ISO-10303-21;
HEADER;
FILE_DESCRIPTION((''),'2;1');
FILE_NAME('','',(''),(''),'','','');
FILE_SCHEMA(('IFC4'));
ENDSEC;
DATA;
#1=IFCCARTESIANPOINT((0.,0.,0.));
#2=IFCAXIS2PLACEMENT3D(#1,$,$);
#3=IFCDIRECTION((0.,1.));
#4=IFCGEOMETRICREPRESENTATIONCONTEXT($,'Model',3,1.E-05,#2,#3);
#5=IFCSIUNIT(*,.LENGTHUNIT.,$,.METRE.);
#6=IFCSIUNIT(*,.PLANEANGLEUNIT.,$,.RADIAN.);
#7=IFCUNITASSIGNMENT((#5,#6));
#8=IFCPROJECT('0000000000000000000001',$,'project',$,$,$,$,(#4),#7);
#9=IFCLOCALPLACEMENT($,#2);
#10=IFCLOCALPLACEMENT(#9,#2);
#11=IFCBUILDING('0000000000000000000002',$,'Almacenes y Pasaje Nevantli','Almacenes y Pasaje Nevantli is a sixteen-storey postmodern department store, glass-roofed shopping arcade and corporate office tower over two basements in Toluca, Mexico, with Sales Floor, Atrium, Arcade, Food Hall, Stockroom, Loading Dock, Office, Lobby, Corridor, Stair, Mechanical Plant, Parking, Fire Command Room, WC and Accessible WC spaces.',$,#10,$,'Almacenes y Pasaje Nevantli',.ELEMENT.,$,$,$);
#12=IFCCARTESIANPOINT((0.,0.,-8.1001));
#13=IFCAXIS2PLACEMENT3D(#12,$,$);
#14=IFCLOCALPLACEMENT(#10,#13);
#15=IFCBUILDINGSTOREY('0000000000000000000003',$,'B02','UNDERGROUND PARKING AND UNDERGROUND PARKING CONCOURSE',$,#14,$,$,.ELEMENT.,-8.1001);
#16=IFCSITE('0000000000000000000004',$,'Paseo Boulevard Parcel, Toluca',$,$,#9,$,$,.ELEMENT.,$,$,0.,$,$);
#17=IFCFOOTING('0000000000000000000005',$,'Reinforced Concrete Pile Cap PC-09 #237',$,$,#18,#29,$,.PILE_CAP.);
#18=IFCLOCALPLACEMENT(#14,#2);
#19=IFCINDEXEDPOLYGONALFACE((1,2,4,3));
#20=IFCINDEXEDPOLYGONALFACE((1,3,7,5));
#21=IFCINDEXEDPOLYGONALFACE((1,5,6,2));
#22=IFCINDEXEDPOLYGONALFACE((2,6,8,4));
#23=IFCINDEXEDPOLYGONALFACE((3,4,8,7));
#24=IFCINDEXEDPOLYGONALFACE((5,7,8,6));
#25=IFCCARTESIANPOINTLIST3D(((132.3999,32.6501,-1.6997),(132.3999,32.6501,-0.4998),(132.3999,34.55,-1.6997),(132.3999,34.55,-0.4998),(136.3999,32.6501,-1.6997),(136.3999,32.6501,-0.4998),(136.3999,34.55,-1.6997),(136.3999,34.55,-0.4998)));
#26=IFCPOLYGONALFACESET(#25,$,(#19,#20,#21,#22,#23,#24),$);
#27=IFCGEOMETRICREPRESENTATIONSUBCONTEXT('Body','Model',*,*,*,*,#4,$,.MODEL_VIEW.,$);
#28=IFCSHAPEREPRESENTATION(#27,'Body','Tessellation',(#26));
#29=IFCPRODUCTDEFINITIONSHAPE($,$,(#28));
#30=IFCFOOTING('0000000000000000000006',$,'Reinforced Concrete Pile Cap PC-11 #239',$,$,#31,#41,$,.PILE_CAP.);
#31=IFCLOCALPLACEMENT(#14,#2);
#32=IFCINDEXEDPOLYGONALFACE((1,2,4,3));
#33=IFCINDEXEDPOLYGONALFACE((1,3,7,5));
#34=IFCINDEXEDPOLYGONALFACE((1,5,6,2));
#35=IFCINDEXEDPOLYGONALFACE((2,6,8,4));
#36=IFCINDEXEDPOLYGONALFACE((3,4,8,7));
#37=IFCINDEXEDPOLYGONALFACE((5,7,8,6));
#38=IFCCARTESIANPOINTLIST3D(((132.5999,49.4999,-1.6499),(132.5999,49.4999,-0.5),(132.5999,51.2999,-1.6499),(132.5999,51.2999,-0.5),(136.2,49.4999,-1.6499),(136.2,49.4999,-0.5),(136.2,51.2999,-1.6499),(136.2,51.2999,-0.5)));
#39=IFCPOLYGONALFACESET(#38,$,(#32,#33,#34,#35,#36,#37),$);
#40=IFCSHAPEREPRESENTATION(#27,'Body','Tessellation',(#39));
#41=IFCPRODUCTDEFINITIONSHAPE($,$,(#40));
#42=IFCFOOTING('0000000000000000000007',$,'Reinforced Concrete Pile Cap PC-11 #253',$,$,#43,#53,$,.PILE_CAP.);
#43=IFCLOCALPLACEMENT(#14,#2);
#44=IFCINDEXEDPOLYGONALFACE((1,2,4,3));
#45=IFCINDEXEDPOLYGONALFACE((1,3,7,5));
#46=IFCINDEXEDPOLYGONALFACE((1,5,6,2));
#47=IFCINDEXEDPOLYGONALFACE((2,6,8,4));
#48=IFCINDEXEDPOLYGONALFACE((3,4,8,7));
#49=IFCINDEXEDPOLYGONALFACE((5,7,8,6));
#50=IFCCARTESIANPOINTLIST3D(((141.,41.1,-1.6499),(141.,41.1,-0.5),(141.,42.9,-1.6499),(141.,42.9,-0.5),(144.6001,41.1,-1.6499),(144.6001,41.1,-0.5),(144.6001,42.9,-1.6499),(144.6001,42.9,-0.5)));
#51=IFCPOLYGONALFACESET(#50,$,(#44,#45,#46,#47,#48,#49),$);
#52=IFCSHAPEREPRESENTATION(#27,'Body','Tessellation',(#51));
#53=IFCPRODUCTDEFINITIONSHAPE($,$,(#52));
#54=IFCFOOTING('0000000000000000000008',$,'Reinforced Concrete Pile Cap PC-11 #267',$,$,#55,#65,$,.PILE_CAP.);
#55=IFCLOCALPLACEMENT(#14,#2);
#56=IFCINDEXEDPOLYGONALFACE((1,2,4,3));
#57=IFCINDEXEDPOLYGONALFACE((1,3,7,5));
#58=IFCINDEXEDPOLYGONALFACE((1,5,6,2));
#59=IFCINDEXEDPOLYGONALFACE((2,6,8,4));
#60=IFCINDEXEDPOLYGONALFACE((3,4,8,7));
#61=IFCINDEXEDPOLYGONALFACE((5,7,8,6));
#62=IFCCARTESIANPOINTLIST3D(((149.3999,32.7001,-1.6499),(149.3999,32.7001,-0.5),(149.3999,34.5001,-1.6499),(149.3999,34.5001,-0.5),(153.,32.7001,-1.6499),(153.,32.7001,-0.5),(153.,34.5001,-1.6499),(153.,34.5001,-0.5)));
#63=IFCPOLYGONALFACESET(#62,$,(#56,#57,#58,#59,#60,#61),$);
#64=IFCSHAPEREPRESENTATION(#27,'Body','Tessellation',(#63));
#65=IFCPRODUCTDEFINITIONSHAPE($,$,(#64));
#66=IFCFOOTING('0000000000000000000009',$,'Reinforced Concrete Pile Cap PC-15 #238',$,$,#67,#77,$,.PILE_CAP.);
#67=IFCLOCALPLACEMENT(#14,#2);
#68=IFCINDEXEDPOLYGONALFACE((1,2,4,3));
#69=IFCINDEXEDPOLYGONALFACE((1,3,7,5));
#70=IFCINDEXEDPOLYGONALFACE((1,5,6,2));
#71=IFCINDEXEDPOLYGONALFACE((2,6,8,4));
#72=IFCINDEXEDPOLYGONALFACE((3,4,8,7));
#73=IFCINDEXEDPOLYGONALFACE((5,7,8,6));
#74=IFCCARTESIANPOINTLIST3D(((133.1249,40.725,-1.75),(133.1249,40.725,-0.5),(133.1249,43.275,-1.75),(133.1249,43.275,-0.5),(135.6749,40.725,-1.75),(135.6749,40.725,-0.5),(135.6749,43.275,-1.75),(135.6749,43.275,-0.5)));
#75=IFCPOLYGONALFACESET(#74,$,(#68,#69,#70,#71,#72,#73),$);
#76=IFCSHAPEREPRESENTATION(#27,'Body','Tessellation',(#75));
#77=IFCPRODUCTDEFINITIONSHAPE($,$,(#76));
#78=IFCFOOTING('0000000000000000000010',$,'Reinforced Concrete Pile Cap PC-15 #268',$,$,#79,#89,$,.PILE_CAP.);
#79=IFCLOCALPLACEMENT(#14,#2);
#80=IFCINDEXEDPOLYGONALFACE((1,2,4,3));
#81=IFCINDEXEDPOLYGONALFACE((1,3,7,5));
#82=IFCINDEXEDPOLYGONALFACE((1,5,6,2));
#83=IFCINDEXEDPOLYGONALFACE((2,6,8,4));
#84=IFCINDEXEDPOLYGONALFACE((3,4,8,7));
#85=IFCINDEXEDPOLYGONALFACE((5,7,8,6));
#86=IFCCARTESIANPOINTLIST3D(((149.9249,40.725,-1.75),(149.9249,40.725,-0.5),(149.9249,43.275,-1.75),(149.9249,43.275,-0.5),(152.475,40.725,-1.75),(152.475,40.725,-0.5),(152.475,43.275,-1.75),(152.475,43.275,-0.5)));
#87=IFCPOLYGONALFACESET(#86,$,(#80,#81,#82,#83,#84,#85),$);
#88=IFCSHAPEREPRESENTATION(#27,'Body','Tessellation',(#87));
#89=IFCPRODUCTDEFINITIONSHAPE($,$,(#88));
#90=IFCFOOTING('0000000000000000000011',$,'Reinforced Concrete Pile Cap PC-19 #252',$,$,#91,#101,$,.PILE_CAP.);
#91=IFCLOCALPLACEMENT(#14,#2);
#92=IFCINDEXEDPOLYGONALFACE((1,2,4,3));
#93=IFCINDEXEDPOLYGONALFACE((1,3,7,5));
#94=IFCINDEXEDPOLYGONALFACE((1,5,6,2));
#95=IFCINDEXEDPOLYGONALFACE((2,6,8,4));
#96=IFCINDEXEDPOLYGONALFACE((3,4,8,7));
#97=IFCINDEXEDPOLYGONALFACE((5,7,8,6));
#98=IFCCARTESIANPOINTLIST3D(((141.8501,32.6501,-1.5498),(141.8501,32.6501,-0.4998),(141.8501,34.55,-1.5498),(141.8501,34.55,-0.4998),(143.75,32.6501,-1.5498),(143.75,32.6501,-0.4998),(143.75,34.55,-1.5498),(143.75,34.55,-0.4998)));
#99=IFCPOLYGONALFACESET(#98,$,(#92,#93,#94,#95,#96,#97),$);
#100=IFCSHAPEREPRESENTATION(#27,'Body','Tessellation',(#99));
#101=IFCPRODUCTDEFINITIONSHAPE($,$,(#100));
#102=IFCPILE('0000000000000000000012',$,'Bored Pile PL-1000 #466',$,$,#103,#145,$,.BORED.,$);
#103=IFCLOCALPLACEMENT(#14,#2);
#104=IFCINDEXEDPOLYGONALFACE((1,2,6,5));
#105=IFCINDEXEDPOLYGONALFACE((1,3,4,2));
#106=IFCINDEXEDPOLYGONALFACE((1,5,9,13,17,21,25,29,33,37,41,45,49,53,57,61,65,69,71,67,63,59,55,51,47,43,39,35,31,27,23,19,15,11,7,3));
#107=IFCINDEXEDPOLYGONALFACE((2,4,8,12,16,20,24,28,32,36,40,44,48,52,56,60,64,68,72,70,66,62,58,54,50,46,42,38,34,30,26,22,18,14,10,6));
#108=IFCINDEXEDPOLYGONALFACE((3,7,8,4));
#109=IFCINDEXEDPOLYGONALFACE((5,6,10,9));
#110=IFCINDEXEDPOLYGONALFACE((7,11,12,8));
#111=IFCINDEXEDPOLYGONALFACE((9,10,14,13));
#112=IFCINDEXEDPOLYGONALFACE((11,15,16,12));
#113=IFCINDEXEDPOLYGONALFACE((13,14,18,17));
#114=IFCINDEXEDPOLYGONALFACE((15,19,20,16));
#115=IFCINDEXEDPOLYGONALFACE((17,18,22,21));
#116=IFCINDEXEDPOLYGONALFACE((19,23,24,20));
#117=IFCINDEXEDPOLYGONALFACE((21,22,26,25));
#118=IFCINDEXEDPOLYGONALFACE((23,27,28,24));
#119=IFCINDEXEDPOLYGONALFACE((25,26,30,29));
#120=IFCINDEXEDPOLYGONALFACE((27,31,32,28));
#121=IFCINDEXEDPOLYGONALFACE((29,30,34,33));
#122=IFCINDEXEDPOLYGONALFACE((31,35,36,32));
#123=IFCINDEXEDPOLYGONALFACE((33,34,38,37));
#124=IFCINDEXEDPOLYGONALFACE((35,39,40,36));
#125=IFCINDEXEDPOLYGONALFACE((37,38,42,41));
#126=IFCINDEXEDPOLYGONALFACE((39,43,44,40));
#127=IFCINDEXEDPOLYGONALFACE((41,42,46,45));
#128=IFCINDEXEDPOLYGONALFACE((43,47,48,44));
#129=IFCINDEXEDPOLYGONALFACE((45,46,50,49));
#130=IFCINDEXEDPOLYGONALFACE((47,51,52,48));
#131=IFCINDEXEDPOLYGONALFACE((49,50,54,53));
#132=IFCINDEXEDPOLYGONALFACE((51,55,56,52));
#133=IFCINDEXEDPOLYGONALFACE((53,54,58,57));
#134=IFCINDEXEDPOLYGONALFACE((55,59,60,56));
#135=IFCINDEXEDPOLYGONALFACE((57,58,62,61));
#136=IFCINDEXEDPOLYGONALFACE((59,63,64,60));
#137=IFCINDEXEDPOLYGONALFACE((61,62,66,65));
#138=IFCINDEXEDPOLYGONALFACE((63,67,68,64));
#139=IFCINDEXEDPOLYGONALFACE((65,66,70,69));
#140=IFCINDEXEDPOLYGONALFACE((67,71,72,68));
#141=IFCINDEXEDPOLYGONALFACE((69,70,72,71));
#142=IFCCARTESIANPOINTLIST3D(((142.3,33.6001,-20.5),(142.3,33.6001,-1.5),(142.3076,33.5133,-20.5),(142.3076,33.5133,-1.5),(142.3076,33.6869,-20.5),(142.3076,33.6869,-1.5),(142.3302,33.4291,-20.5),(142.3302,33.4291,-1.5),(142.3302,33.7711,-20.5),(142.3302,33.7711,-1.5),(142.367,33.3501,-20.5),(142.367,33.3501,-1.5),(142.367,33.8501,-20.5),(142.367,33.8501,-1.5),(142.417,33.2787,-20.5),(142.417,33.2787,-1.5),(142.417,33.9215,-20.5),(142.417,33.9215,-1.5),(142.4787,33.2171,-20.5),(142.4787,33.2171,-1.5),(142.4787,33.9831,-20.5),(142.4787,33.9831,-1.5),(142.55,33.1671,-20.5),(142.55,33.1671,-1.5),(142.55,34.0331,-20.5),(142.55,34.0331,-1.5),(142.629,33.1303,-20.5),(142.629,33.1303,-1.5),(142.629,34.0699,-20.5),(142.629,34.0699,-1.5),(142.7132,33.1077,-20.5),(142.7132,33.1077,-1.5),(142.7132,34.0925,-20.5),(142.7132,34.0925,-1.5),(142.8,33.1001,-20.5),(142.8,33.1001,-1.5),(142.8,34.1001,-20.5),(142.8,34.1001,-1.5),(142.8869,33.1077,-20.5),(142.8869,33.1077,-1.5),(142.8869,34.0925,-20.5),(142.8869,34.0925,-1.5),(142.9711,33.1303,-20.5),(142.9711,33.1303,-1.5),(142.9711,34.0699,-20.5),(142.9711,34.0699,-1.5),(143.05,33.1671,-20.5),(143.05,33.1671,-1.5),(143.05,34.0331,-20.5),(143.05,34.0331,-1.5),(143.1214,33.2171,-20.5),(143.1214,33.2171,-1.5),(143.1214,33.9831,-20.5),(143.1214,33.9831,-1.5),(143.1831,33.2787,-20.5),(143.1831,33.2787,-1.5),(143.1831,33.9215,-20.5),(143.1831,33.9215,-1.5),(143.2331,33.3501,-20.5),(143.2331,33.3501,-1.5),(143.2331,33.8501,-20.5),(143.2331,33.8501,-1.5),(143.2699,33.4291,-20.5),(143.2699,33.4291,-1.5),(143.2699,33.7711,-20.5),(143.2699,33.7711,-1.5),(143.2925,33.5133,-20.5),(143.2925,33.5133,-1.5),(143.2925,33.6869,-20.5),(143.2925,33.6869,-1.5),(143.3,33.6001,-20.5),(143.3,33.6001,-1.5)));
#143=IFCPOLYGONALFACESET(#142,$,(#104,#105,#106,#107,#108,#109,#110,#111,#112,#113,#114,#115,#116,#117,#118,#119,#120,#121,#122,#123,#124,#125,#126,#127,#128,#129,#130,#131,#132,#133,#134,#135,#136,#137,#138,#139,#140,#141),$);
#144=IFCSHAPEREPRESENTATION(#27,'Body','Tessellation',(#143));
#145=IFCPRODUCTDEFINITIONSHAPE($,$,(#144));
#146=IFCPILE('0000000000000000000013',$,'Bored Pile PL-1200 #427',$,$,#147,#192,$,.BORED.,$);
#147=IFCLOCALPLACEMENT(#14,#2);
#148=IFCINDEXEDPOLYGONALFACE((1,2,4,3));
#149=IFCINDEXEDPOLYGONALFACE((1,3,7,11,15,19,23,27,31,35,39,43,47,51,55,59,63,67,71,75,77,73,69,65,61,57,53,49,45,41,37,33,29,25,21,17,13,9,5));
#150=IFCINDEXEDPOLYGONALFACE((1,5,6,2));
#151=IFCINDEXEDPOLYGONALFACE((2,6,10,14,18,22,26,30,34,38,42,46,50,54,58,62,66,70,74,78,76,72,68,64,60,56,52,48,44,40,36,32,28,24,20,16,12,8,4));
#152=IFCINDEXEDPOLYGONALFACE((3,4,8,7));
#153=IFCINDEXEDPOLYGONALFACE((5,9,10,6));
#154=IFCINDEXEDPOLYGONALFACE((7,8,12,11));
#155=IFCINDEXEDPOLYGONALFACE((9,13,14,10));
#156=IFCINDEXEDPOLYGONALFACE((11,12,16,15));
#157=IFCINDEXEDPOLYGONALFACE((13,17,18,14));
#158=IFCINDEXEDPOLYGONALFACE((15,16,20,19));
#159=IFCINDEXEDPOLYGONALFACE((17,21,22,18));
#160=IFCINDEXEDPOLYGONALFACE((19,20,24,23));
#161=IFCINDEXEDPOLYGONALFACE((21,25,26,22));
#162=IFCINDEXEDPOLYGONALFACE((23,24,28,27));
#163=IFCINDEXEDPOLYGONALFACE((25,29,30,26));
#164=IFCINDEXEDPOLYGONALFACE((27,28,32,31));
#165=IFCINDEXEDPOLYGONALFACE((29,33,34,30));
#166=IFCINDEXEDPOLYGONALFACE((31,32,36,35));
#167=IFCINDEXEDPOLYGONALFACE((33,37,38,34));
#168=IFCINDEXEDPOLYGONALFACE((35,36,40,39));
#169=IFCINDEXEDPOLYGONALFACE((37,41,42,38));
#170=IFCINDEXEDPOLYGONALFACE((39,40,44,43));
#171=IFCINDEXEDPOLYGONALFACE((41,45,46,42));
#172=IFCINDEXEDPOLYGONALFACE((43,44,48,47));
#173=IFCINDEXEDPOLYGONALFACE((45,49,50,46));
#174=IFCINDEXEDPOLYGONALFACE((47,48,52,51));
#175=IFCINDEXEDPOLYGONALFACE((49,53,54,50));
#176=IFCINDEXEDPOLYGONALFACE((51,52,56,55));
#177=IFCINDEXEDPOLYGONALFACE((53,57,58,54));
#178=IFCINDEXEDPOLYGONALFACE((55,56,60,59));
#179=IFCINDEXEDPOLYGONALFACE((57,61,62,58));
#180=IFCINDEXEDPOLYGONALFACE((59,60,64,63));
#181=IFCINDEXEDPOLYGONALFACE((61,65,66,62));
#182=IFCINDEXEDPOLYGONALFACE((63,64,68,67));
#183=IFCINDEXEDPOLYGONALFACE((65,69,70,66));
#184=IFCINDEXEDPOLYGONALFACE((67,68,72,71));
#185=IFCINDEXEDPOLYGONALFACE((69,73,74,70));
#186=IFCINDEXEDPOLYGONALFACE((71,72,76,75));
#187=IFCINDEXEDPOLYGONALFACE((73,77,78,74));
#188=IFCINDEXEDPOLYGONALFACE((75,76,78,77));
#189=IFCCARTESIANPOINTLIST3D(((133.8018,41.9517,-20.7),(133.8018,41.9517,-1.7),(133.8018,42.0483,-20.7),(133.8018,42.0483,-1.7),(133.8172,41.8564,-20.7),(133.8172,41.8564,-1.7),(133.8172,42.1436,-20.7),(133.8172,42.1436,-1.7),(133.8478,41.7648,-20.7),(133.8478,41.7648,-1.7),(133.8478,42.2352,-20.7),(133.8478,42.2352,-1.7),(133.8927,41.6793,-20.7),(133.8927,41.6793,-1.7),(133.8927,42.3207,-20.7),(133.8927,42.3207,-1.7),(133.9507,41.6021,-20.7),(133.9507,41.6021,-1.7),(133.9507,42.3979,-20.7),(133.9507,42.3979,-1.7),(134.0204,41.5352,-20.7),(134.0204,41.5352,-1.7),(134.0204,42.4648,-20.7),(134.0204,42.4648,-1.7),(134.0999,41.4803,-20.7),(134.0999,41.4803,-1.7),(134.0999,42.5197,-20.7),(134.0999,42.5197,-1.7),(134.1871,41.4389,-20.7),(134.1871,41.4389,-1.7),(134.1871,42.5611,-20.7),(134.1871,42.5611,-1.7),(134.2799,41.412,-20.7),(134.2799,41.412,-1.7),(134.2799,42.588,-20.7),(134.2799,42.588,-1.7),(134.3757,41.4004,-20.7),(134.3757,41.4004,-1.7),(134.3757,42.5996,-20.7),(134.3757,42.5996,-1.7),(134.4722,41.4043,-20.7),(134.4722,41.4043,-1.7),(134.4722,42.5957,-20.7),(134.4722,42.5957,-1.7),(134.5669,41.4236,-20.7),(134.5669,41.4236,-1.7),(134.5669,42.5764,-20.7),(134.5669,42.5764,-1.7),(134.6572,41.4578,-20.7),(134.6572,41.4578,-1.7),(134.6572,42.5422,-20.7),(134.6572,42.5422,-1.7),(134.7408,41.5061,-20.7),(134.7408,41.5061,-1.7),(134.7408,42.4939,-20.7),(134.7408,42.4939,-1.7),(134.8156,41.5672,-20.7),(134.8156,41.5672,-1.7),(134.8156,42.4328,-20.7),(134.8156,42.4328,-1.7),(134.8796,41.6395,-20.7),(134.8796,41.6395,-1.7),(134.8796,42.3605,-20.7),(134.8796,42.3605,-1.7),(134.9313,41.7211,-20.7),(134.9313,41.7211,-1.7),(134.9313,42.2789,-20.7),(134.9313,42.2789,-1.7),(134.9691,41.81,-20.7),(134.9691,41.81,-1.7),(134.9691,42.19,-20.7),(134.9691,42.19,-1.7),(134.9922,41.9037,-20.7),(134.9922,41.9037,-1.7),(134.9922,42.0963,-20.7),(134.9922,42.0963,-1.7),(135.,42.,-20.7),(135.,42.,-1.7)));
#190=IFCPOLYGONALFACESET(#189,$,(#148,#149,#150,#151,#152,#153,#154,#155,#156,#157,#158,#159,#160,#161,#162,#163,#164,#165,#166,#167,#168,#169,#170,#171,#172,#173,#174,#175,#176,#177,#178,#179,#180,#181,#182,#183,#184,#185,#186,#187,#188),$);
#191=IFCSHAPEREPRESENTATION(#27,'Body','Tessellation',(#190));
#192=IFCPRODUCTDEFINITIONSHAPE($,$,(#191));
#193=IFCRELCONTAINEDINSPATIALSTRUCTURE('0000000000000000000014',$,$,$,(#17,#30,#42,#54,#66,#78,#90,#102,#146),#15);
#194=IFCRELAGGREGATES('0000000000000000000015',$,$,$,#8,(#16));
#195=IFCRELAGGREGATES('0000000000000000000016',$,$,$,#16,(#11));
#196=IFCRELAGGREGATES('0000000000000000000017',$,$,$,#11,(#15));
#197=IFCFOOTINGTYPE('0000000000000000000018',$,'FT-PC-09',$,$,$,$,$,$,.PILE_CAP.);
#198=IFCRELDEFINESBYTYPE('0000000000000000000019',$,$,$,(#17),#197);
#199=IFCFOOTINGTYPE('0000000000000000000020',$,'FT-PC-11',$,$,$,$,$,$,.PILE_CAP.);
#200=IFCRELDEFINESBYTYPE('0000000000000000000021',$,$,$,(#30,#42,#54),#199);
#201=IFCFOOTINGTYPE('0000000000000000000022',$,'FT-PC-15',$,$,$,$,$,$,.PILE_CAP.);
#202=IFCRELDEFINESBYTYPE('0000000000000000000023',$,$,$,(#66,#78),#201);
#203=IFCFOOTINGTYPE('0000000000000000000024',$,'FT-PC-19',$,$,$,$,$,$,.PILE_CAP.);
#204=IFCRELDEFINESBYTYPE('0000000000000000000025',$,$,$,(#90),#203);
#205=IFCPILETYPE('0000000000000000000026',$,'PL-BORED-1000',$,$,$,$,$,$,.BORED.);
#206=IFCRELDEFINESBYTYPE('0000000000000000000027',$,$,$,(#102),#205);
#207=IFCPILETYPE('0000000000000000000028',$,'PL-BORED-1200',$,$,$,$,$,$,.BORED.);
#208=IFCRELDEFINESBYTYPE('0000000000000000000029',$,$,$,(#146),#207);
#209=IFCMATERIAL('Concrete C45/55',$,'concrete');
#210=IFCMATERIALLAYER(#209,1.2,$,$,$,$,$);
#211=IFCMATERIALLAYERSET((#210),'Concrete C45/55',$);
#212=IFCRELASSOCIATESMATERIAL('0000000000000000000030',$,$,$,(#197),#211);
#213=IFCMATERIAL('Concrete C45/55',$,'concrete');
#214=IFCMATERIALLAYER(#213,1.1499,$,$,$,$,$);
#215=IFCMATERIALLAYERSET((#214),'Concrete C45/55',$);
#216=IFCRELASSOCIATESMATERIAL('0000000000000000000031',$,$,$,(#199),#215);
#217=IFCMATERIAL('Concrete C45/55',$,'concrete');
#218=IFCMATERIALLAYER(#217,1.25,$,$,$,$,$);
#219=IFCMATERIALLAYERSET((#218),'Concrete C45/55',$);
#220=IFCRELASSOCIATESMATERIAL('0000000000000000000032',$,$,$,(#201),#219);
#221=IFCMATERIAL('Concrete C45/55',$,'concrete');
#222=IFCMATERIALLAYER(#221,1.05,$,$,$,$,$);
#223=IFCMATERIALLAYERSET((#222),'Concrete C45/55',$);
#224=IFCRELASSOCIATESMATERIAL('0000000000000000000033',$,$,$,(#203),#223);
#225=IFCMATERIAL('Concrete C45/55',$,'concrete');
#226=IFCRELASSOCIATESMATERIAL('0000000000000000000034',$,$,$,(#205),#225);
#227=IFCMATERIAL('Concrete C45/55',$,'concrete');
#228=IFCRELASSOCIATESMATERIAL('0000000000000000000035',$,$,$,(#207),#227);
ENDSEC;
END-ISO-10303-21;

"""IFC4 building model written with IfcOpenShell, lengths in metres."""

from ifc_helpers import new_model, si_unit, direction, frame, origin, origin_2d, place, context, subcontext, project, spatial, rectangle, circle, extrude, material, layer, layer_set, material_profile, profile_set, type_object, element, save


model = new_model("IFC4")

# Units and contexts
model_context = context("Model", 3, precision=1e-05, world=origin(), true_north=direction((0.0, 1.0)))
body_context = subcontext(model_context, "Body", "Model", "MODEL_VIEW")
ifc_project = project(units=[si_unit("LENGTHUNIT", "METRE"), si_unit("PLANEANGLEUNIT", "RADIAN")], contexts=[model_context])

# Site, building, storey
site_placement = place(None, origin())
site = spatial("IfcSite", under=ifc_project, at=site_placement, Name="Paseo Boulevard Parcel, Toluca", CompositionType="ELEMENT", RefElevation=0.0)
building_placement = place(site_placement, origin())
building = spatial("IfcBuilding", under=site, at=building_placement, Name="Almacenes y Pasaje Nevantli", Description="Almacenes y Pasaje Nevantli is a sixteen-storey postmodern department store, glass-roofed shopping arcade and corporate office tower over two basements in Toluca, Mexico, with Sales Floor, Atrium, Arcade, Food Hall, Stockroom, Loading Dock, Office, Lobby, Corridor, Stair, Mechanical Plant, Parking, Fire Command Room, WC and Accessible WC spaces.", LongName="Almacenes y Pasaje Nevantli", CompositionType="ELEMENT")
storey_placement = place(building_placement, frame((0.0, 0.0, -8.1001)))
storey = spatial("IfcBuildingStorey", under=building, at=storey_placement, Name="B02", Description="UNDERGROUND PARKING AND UNDERGROUND PARKING CONCOURSE", CompositionType="ELEMENT", Elevation=-8.1001)

# Footings
ifc_material_1 = material(Name="Concrete C45/55", Category="concrete")
ifc_layer_1 = layer(ifc_material_1, 1.2)
ifc_layer_set_1 = layer_set([ifc_layer_1], Name="Concrete C45/55")
footing_type_1 = type_object("IfcFootingType", Name="FT-PC-09", PredefinedType="PILE_CAP", material=ifc_layer_set_1)
footing_1_placement = place(storey_placement, frame((134.3999, 33.6001, -1.6997), z_axis=(0.0, 0.0, 1.0), x_axis=(1.0, 0.0, 0.0)))
element("IfcFooting", 1, at=footing_1_placement, inside=storey, type_object=footing_type_1, Name="Reinforced Concrete Pile Cap PC-09 #237", PredefinedType="PILE_CAP", context=body_context, shape_type="SweptSolid", body=[
    extrude(rectangle(XDim=4.0, YDim=1.8999, at=origin_2d()), origin(), (0.0, 0.0, 1.0), 1.2),
])
ifc_material_2 = material(Name="Concrete C45/55", Category="concrete")
ifc_layer_2 = layer(ifc_material_2, 1.1499)
ifc_layer_set_2 = layer_set([ifc_layer_2], Name="Concrete C45/55")
footing_type_2 = type_object("IfcFootingType", Name="FT-PC-11", PredefinedType="PILE_CAP", material=ifc_layer_set_2)
for number, where, z_axis, x_axis, name in (
    (2, (134.3999, 50.3999, -1.6499), (0.0, 0.0, 1.0), (1.0, 0.0, 0.0), "Reinforced Concrete Pile Cap PC-11 #239"),
    (3, (142.8, 42.0, -1.6499), (0.0, 0.0, 1.0), (1.0, 0.0, 0.0), "Reinforced Concrete Pile Cap PC-11 #253"),
    (4, (151.2, 33.6001, -1.6499), (0.0, 0.0, 1.0), (1.0, 0.0, 0.0), "Reinforced Concrete Pile Cap PC-11 #267"),
):
    element("IfcFooting", number, at=place(storey_placement, frame(where, z_axis=z_axis, x_axis=x_axis)), inside=storey, type_object=footing_type_2, Name=name, PredefinedType="PILE_CAP", context=body_context, shape_type="SweptSolid", body=[
        extrude(rectangle(XDim=3.6001, YDim=1.8, at=origin_2d()), origin(), (0.0, 0.0, 1.0), 1.1499),
    ])
ifc_material_3 = material(Name="Concrete C45/55", Category="concrete")
ifc_layer_3 = layer(ifc_material_3, 1.25)
ifc_layer_set_3 = layer_set([ifc_layer_3], Name="Concrete C45/55")
footing_type_3 = type_object("IfcFootingType", Name="FT-PC-15", PredefinedType="PILE_CAP", material=ifc_layer_set_3)
for number, where, z_axis, x_axis, name in (
    (5, (134.3999, 42.0, -1.75), (0.0, 0.0, 1.0), (1.0, 0.0, 0.0), "Reinforced Concrete Pile Cap PC-15 #238"),
    (6, (151.2, 42.0, -1.75), (0.0, 0.0, 1.0), (1.0, 0.0, 0.0), "Reinforced Concrete Pile Cap PC-15 #268"),
):
    element("IfcFooting", number, at=place(storey_placement, frame(where, z_axis=z_axis, x_axis=x_axis)), inside=storey, type_object=footing_type_3, Name=name, PredefinedType="PILE_CAP", context=body_context, shape_type="SweptSolid", body=[
        extrude(rectangle(XDim=2.55, YDim=2.55, at=origin_2d()), origin(), (0.0, 0.0, 1.0), 1.25),
    ])
ifc_material_4 = material(Name="Concrete C45/55", Category="concrete")
ifc_layer_4 = layer(ifc_material_4, 1.05)
ifc_layer_set_4 = layer_set([ifc_layer_4], Name="Concrete C45/55")
footing_type_4 = type_object("IfcFootingType", Name="FT-PC-19", PredefinedType="PILE_CAP", material=ifc_layer_set_4)
footing_2_placement = place(storey_placement, frame((142.8, 33.6001, -1.5498), z_axis=(0.0, 0.0, 1.0), x_axis=(1.0, 0.0, 0.0)))
element("IfcFooting", 7, at=footing_2_placement, inside=storey, type_object=footing_type_4, Name="Reinforced Concrete Pile Cap PC-19 #252", PredefinedType="PILE_CAP", context=body_context, shape_type="SweptSolid", body=[
    extrude(rectangle(XDim=1.8999, YDim=1.8999, at=origin_2d()), origin(), (0.0, 0.0, 1.0), 1.05),
])

# Piles
ifc_material_5 = material(Name="Concrete C45/55", Category="concrete")
ifc_material_profile_1 = material_profile(ifc_material_5, circle(Radius=0.5, at=origin_2d()), Name="RC-PILE-D1000")
ifc_profile_set_1 = profile_set([ifc_material_profile_1], Name="Concrete C45/55")
pile_type_1 = type_object("IfcPileType", Name="PL-BORED-1000", PredefinedType="BORED", material=ifc_profile_set_1)
pile_placement = place(storey_placement, frame((142.8, 33.6001, -1.5), z_axis=(0.0, 0.0, -1.0), x_axis=(1.0, 0.0, 0.0)))
element("IfcPile", 8, at=pile_placement, inside=storey, type_object=pile_type_1, Name="Bored Pile PL-1000 #466", PredefinedType="BORED", context=body_context, shape_type="SweptSolid", body=[
    extrude(circle(Radius=0.5, at=origin_2d()), origin(), (0.0, 0.0, 1.0), 19.0),
])
ifc_material_6 = material(Name="Concrete C45/55", Category="concrete")
ifc_material_profile_2 = material_profile(ifc_material_6, circle(Radius=0.6001, at=origin_2d()), Name="RC-PILE-D1200")
ifc_profile_set_2 = profile_set([ifc_material_profile_2], Name="Concrete C45/55")
pile_type_2 = type_object("IfcPileType", Name="PL-BORED-1200", PredefinedType="BORED", material=ifc_profile_set_2)
for number, where, z_axis, x_axis, name in (
    (9, (134.3999, 42.0, -1.7), (0.0, 0.0, -1.0), (1.0, 0.0, 0.0), "Bored Pile PL-1200 #427"),
):
    element("IfcPile", number, at=place(storey_placement, frame(where, z_axis=z_axis, x_axis=x_axis)), inside=storey, type_object=pile_type_2, Name=name, PredefinedType="BORED", context=body_context, shape_type="SweptSolid", body=[
        extrude(circle(Radius=0.6001, at=origin_2d()), origin(), (0.0, 0.0, 1.0), 19.0),
    ])

save(model, "model.ifc")
